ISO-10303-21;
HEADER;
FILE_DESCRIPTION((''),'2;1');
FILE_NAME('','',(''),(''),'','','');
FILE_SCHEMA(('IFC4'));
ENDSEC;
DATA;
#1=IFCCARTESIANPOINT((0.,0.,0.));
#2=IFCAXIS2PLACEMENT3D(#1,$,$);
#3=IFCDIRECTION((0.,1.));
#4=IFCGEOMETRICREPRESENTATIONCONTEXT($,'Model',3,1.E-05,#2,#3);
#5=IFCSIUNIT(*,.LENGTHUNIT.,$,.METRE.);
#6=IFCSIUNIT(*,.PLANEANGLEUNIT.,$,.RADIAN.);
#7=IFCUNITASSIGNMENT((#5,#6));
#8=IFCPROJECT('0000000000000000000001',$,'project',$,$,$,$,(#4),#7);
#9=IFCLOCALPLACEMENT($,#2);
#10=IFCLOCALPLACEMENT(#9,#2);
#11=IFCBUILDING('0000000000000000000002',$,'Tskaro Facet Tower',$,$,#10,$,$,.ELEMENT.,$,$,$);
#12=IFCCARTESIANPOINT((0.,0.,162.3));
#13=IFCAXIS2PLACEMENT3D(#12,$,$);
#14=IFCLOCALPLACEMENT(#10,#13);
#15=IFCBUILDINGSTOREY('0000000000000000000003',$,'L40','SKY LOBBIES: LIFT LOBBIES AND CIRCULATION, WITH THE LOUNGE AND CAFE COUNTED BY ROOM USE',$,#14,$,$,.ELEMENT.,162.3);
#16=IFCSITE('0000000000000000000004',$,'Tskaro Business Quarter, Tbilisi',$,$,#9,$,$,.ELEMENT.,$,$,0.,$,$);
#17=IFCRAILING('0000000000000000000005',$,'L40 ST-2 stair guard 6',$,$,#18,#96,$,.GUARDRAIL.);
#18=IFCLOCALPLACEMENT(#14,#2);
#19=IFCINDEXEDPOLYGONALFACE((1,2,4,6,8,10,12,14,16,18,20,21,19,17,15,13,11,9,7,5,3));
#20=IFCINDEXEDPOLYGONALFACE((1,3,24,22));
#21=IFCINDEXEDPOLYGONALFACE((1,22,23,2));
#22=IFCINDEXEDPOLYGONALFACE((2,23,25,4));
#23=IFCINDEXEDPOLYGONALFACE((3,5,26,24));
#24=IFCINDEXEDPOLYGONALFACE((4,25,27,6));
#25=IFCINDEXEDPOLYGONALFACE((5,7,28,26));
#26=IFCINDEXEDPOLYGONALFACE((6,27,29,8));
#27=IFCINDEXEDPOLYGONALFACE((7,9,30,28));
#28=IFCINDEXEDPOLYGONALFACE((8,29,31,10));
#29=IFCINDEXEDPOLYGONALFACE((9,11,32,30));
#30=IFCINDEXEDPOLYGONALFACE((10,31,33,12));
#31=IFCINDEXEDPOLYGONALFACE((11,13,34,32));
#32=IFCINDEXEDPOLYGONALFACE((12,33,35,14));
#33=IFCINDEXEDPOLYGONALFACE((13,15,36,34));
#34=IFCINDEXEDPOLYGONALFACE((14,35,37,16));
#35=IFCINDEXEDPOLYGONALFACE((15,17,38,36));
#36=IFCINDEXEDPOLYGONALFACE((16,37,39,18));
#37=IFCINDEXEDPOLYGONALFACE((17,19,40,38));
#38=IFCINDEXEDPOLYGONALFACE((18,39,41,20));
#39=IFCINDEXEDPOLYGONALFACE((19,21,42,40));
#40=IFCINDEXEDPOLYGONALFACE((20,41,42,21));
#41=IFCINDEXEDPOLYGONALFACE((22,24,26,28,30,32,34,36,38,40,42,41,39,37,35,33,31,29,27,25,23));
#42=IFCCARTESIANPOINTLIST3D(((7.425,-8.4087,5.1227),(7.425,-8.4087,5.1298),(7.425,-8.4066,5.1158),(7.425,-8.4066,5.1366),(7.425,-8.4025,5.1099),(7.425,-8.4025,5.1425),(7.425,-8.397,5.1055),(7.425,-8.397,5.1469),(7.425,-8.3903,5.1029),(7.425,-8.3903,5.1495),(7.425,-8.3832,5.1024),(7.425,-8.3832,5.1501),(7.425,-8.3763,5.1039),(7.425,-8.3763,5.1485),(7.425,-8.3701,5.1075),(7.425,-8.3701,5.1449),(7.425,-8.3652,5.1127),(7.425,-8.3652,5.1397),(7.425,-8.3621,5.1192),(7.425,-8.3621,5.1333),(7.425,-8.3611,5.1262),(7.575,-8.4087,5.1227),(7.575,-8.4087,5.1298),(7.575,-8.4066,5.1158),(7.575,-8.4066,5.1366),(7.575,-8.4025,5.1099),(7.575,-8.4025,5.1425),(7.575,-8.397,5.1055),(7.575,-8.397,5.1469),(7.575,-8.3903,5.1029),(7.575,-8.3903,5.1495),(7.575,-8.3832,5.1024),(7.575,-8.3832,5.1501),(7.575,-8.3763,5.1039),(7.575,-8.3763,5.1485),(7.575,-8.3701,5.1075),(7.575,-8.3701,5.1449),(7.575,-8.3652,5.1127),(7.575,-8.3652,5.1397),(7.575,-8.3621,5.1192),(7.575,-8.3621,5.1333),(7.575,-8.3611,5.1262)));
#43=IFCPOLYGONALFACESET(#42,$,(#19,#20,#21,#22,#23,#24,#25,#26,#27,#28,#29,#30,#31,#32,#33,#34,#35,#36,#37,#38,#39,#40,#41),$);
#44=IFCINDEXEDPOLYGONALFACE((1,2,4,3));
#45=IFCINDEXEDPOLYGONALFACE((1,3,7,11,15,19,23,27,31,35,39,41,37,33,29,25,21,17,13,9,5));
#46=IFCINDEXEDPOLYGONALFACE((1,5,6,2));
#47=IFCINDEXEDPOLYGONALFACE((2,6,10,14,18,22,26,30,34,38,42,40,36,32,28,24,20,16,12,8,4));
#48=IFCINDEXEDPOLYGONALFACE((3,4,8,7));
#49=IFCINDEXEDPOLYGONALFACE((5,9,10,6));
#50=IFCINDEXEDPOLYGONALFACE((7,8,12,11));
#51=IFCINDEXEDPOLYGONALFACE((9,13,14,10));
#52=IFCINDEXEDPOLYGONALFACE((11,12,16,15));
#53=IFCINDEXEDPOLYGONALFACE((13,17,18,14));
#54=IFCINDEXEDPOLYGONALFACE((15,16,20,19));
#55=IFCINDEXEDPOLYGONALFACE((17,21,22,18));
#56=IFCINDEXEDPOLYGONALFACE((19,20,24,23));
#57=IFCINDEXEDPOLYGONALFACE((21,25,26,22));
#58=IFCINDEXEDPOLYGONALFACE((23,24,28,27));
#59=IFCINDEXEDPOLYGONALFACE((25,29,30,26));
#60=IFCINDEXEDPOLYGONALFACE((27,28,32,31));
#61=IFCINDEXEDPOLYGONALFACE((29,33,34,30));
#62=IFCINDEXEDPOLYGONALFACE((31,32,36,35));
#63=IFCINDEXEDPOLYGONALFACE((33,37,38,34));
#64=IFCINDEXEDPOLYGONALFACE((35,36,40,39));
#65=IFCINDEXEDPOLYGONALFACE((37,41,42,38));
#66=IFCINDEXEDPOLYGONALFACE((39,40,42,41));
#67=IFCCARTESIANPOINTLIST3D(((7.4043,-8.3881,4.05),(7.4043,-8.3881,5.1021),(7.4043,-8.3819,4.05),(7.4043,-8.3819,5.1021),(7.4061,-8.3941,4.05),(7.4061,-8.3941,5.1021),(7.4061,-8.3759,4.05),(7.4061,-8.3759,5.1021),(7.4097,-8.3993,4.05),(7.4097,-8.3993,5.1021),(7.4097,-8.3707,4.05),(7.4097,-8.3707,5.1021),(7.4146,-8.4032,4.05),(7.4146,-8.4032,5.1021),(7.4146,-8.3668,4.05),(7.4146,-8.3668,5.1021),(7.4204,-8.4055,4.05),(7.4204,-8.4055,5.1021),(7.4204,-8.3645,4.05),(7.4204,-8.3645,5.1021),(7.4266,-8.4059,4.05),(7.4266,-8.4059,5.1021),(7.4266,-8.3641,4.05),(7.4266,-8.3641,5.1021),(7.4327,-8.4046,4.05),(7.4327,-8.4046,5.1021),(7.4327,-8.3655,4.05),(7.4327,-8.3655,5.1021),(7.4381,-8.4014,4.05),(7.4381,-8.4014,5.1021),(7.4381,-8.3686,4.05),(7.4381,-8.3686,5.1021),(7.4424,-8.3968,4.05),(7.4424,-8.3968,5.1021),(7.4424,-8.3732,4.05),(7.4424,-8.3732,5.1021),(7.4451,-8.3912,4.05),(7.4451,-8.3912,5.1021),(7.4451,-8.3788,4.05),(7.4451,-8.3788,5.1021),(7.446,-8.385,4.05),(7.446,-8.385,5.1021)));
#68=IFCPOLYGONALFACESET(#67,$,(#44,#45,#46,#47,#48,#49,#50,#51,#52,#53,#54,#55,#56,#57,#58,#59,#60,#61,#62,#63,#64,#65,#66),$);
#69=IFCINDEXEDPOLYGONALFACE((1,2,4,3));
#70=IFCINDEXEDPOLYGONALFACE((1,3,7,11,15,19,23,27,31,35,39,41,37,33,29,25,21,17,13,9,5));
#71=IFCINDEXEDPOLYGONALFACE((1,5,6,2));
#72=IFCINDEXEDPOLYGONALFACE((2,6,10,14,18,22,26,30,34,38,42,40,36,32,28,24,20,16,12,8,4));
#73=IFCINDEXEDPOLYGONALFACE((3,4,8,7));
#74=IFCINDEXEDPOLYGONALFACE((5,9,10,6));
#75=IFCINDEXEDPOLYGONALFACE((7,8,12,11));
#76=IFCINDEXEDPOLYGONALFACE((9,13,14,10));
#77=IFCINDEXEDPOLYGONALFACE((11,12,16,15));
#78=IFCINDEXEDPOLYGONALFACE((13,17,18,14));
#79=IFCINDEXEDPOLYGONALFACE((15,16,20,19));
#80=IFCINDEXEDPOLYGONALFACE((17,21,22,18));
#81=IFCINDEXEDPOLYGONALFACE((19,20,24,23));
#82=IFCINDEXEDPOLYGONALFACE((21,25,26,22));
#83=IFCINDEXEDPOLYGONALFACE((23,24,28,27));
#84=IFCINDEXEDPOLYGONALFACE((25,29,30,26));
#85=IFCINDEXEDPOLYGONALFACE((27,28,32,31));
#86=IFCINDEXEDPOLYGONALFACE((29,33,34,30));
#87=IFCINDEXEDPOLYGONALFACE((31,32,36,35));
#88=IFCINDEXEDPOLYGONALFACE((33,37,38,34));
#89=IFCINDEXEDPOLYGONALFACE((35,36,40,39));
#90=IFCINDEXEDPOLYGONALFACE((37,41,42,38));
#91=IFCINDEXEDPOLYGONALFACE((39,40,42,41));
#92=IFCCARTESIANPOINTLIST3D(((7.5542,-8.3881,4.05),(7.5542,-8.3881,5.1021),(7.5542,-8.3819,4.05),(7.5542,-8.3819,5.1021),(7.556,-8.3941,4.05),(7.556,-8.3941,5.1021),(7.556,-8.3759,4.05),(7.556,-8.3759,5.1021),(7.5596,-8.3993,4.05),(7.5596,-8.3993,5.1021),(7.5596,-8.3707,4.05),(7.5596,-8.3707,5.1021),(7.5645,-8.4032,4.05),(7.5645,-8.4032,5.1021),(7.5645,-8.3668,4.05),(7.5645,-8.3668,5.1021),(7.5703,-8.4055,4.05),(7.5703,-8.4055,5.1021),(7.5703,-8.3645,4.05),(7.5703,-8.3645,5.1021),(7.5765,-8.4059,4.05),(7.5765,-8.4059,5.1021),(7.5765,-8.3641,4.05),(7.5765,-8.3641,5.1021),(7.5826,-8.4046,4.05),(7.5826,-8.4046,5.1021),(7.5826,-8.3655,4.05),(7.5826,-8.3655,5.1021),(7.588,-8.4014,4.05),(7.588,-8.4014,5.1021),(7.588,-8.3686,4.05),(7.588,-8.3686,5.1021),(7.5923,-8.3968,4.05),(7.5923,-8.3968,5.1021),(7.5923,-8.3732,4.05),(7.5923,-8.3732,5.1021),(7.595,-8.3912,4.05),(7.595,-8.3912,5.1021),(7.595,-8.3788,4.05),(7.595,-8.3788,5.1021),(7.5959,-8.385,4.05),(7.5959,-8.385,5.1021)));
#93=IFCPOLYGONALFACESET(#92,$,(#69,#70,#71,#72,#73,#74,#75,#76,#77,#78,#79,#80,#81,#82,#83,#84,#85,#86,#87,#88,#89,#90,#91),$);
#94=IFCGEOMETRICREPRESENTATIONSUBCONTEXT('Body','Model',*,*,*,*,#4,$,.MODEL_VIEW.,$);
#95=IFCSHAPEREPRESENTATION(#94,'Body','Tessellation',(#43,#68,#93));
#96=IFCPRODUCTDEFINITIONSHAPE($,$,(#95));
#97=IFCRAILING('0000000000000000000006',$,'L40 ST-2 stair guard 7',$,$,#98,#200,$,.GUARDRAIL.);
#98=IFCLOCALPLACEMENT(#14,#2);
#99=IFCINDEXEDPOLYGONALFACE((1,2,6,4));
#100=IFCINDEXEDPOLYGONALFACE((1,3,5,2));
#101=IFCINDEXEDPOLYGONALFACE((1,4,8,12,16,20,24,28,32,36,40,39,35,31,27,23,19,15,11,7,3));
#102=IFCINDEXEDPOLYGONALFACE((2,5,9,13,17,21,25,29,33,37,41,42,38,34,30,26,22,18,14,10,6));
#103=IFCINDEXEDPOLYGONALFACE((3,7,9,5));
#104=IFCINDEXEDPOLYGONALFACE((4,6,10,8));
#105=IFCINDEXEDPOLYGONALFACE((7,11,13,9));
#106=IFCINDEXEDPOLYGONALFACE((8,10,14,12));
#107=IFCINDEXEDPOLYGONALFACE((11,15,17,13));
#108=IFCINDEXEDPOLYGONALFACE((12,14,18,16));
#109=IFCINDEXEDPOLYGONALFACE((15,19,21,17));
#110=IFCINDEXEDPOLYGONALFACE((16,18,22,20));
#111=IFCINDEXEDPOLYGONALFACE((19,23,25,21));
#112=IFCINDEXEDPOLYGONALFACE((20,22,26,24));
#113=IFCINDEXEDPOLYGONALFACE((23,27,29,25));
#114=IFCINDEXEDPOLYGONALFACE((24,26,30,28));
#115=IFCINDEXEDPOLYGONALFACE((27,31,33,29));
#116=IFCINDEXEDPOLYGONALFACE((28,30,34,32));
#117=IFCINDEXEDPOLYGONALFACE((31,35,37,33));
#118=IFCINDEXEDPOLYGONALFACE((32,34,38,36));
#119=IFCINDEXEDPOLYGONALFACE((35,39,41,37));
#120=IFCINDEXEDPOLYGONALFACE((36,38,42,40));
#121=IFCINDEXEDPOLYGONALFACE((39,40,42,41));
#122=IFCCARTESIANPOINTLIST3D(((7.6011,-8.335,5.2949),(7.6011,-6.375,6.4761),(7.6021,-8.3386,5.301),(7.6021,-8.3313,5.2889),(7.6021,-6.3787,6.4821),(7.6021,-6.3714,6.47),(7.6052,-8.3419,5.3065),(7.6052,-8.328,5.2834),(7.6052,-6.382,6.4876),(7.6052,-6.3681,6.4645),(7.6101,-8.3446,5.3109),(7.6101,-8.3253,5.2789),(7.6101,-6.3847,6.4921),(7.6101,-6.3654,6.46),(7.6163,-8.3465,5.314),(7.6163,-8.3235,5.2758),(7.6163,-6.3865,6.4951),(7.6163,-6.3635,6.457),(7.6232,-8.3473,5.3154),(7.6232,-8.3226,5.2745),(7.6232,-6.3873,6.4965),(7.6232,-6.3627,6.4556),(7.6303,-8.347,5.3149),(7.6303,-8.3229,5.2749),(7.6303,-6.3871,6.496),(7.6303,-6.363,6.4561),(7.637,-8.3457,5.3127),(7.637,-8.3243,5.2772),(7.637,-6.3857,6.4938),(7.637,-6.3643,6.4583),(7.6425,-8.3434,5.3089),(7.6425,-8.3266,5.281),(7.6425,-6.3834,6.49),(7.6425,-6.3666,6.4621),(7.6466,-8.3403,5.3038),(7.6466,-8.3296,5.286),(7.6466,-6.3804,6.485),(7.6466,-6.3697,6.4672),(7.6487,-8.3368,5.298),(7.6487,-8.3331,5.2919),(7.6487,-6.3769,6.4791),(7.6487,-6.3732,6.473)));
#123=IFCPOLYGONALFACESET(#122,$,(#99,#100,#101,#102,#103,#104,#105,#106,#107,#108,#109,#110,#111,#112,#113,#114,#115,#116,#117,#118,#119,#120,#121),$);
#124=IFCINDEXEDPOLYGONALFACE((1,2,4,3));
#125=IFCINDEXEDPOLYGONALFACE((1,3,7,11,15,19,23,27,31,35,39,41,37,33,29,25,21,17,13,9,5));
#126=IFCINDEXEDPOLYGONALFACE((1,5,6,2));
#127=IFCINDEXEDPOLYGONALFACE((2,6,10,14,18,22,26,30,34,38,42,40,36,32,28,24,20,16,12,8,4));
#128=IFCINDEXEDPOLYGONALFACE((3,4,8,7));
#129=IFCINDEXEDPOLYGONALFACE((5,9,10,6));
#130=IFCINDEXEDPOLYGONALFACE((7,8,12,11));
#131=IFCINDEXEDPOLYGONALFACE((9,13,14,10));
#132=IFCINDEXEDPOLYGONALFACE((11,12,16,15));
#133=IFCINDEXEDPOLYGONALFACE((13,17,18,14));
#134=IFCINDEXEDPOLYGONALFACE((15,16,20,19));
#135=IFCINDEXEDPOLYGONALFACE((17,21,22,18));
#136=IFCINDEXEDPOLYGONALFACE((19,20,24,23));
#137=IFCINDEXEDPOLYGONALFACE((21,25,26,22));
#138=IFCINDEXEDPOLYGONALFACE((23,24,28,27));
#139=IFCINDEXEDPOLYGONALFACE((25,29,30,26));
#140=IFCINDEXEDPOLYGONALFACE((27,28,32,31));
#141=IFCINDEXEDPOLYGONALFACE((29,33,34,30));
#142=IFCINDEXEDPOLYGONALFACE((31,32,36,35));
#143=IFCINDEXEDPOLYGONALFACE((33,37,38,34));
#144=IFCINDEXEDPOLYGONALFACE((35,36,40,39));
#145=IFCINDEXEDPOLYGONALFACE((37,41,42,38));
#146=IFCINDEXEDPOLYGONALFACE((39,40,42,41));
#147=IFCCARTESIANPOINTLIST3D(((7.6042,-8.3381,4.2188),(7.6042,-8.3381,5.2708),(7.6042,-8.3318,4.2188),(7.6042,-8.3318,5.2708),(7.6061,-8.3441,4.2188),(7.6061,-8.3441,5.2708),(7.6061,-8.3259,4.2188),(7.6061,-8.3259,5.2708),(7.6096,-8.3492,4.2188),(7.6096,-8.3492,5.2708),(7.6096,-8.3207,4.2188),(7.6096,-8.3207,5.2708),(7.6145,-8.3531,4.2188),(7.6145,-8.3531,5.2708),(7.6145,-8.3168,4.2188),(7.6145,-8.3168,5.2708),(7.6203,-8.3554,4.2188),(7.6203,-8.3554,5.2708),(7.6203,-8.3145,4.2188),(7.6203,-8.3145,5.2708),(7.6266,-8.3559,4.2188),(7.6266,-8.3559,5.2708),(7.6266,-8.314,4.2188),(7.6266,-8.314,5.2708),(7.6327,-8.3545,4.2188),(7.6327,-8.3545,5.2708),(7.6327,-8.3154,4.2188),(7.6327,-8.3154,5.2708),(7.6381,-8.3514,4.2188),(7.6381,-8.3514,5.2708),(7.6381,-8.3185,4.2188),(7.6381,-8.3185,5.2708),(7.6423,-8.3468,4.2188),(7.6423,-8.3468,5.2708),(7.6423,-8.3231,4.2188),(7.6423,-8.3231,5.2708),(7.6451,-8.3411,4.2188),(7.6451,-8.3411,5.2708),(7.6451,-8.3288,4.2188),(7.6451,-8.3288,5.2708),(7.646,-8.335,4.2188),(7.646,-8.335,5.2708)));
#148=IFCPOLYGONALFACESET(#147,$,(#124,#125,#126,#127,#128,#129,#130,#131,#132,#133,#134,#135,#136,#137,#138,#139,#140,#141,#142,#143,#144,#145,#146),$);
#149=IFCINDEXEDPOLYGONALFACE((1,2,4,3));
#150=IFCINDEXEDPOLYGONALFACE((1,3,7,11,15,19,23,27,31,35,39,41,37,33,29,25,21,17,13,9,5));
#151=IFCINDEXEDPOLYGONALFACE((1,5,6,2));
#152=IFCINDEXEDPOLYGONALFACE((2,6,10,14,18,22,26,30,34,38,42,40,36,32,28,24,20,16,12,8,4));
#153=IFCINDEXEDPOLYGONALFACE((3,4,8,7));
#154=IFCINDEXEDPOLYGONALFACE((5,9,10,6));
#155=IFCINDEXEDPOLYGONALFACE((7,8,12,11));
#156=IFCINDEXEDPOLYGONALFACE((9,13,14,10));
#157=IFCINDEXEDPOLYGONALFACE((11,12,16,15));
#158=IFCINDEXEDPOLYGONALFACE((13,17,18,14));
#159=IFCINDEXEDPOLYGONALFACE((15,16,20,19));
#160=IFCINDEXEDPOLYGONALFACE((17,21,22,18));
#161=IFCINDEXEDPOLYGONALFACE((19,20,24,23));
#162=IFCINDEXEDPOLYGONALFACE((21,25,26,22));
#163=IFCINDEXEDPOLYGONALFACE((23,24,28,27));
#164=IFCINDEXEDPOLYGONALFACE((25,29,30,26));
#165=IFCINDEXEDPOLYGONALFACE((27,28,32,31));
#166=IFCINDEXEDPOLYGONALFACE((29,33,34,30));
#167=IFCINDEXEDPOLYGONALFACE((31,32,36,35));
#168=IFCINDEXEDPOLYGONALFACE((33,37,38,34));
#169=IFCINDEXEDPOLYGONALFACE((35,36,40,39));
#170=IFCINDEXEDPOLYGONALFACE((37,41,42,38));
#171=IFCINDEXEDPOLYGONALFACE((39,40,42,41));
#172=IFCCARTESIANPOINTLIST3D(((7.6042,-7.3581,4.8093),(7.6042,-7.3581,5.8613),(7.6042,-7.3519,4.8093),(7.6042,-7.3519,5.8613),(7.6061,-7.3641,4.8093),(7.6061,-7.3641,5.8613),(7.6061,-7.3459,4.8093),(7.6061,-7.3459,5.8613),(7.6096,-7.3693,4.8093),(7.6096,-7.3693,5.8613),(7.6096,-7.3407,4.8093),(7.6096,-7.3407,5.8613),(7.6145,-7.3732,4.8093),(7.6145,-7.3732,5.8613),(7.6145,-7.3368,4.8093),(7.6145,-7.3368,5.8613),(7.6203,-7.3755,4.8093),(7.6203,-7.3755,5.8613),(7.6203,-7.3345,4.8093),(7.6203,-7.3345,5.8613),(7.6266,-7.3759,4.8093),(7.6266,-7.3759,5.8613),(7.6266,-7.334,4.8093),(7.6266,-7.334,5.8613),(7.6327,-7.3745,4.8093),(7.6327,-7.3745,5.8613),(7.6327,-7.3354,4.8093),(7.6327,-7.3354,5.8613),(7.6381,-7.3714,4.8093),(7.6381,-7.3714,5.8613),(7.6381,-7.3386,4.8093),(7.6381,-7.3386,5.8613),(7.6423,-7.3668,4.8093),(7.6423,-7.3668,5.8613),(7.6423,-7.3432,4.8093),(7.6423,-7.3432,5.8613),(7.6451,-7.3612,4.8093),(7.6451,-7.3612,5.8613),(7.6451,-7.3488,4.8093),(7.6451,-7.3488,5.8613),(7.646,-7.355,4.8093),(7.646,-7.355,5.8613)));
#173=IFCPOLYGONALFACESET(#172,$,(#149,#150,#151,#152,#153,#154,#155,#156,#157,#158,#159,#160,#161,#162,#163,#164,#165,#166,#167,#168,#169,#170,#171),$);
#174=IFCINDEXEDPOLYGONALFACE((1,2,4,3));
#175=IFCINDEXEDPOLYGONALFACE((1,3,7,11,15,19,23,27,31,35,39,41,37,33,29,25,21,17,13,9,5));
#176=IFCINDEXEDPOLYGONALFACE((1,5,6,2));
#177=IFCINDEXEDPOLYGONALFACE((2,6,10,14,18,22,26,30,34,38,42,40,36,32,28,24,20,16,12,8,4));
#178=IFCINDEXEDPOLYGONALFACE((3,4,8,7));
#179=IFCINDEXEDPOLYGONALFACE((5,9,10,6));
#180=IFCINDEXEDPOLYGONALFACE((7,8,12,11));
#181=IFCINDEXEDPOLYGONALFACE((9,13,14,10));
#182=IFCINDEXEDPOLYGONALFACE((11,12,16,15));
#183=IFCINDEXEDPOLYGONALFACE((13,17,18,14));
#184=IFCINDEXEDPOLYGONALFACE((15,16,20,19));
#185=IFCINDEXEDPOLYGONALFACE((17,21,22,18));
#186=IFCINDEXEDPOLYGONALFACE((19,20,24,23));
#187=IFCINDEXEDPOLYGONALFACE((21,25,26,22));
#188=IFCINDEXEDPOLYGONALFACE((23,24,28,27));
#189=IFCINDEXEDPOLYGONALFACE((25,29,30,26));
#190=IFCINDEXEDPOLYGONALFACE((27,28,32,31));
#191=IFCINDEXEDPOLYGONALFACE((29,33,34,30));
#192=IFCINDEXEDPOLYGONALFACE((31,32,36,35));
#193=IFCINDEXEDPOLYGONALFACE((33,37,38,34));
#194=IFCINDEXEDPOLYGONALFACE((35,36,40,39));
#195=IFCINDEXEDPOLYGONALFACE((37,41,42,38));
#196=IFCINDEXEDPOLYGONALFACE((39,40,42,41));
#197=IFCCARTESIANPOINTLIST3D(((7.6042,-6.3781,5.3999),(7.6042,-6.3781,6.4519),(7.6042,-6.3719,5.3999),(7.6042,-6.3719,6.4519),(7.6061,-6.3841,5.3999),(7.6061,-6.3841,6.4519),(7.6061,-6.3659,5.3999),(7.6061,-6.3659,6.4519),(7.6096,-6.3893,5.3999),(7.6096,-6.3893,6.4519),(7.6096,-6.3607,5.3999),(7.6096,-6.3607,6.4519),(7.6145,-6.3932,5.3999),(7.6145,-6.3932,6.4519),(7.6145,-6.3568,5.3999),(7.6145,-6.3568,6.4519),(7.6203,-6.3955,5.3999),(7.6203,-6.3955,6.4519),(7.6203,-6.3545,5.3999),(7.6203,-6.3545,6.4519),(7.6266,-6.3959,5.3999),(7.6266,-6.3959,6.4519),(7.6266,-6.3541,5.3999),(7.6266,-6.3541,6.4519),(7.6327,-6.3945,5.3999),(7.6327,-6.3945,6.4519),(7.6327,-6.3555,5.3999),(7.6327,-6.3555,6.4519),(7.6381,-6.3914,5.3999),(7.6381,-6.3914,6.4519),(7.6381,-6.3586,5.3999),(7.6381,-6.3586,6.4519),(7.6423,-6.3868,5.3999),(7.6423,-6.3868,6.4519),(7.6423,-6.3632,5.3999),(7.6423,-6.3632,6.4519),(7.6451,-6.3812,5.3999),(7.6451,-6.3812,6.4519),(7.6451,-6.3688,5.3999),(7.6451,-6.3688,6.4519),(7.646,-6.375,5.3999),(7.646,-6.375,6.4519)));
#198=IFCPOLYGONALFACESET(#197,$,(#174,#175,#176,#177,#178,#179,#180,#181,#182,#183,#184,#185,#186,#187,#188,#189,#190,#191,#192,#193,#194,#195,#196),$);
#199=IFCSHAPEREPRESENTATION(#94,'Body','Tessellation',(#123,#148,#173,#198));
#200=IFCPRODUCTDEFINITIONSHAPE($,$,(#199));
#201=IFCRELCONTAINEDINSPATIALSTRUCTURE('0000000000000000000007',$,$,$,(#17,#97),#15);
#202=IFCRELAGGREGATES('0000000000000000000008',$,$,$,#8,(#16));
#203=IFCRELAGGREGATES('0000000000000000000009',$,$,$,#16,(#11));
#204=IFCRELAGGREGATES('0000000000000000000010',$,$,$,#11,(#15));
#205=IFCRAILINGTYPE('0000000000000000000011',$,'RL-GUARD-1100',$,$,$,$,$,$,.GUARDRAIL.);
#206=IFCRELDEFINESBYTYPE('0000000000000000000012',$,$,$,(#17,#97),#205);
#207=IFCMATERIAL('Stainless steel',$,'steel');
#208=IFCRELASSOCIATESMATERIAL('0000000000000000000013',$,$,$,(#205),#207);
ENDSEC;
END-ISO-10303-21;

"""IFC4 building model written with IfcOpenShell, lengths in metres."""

from ifc_helpers import new_model, si_unit, direction, frame, origin, origin_2d, place, context, subcontext, project, spatial, circle, extrude, material, type_object, element, save


model = new_model("IFC4")

# Units and contexts
model_context = context("Model", 3, precision=1e-05, world=origin(), true_north=direction((0.0, 1.0)))
body_context = subcontext(model_context, "Body", "Model", "MODEL_VIEW")
ifc_project = project(units=[si_unit("LENGTHUNIT", "METRE"), si_unit("PLANEANGLEUNIT", "RADIAN")], contexts=[model_context])

# Site, building, storey
site_placement = place(None, origin())
site = spatial("IfcSite", under=ifc_project, at=site_placement, Name="Tskaro Business Quarter, Tbilisi", CompositionType="ELEMENT", RefElevation=0.0)
building_placement = place(site_placement, origin())
building = spatial("IfcBuilding", under=site, at=building_placement, Name="Tskaro Facet Tower", CompositionType="ELEMENT")
storey_placement = place(building_placement, frame((0.0, 0.0, 162.3)))
storey = spatial("IfcBuildingStorey", under=building, at=storey_placement, Name="L40", Description="SKY LOBBIES: LIFT LOBBIES AND CIRCULATION, WITH THE LOUNGE AND CAFE COUNTED BY ROOM USE", CompositionType="ELEMENT", Elevation=162.3)

# Shared definitions
ifc_material_1 = material(Name="Stainless steel", Category="steel")

# Railings
railing_type_1 = type_object("IfcRailingType", Name="RL-GUARD-1100", PredefinedType="GUARDRAIL", material=ifc_material_1)
railing_1_placement = place(storey_placement, frame((7.425, -8.385, 4.05)))
element("IfcRailing", 1, at=railing_1_placement, inside=storey, type_object=railing_type_1, Name="L40 ST-2 stair guard 6", PredefinedType="GUARDRAIL", context=body_context, shape_type="SweptSolid", body=[
    extrude(circle(Radius=0.0239, at=origin_2d()), frame((0.0, 0.0, 1.0762), z_axis=(1.0, 0.0, 0.0), x_axis=(0.0, 1.0, 0.0)), (0.0, 0.0, 1.0), 0.1499),
    extrude(circle(Radius=0.021, at=origin_2d()), origin(), (0.0, 0.0, 1.0), 1.052),
    extrude(circle(Radius=0.021, at=origin_2d()), frame((0.1499, 0.0, 0.0)), (0.0, 0.0, 1.0), 1.052),
])
railing_2_placement = place(storey_placement, frame((7.625, -8.335, 4.2188)))
element("IfcRailing", 2, at=railing_2_placement, inside=storey, type_object=railing_type_1, Name="L40 ST-2 stair guard 7", PredefinedType="GUARDRAIL", context=body_context, shape_type="SweptSolid", body=[
    extrude(circle(Radius=0.0239, at=origin_2d()), frame((0.0, 0.0, 1.0762), z_axis=(0.0, 0.856493, 0.516158), x_axis=(-1.0, 0.0, 0.0)), (0.0, 0.0, 1.0), 2.2883),
    extrude(circle(Radius=0.021, at=origin_2d()), origin(), (0.0, 0.0, 1.0), 1.052),
    extrude(circle(Radius=0.021, at=origin_2d()), frame((0.0, 0.98, 0.5906)), (0.0, 0.0, 1.0), 1.052),
    extrude(circle(Radius=0.021, at=origin_2d()), frame((0.0, 1.96, 1.1812)), (0.0, 0.0, 1.0), 1.052),
])

save(model, "model.ifc")
